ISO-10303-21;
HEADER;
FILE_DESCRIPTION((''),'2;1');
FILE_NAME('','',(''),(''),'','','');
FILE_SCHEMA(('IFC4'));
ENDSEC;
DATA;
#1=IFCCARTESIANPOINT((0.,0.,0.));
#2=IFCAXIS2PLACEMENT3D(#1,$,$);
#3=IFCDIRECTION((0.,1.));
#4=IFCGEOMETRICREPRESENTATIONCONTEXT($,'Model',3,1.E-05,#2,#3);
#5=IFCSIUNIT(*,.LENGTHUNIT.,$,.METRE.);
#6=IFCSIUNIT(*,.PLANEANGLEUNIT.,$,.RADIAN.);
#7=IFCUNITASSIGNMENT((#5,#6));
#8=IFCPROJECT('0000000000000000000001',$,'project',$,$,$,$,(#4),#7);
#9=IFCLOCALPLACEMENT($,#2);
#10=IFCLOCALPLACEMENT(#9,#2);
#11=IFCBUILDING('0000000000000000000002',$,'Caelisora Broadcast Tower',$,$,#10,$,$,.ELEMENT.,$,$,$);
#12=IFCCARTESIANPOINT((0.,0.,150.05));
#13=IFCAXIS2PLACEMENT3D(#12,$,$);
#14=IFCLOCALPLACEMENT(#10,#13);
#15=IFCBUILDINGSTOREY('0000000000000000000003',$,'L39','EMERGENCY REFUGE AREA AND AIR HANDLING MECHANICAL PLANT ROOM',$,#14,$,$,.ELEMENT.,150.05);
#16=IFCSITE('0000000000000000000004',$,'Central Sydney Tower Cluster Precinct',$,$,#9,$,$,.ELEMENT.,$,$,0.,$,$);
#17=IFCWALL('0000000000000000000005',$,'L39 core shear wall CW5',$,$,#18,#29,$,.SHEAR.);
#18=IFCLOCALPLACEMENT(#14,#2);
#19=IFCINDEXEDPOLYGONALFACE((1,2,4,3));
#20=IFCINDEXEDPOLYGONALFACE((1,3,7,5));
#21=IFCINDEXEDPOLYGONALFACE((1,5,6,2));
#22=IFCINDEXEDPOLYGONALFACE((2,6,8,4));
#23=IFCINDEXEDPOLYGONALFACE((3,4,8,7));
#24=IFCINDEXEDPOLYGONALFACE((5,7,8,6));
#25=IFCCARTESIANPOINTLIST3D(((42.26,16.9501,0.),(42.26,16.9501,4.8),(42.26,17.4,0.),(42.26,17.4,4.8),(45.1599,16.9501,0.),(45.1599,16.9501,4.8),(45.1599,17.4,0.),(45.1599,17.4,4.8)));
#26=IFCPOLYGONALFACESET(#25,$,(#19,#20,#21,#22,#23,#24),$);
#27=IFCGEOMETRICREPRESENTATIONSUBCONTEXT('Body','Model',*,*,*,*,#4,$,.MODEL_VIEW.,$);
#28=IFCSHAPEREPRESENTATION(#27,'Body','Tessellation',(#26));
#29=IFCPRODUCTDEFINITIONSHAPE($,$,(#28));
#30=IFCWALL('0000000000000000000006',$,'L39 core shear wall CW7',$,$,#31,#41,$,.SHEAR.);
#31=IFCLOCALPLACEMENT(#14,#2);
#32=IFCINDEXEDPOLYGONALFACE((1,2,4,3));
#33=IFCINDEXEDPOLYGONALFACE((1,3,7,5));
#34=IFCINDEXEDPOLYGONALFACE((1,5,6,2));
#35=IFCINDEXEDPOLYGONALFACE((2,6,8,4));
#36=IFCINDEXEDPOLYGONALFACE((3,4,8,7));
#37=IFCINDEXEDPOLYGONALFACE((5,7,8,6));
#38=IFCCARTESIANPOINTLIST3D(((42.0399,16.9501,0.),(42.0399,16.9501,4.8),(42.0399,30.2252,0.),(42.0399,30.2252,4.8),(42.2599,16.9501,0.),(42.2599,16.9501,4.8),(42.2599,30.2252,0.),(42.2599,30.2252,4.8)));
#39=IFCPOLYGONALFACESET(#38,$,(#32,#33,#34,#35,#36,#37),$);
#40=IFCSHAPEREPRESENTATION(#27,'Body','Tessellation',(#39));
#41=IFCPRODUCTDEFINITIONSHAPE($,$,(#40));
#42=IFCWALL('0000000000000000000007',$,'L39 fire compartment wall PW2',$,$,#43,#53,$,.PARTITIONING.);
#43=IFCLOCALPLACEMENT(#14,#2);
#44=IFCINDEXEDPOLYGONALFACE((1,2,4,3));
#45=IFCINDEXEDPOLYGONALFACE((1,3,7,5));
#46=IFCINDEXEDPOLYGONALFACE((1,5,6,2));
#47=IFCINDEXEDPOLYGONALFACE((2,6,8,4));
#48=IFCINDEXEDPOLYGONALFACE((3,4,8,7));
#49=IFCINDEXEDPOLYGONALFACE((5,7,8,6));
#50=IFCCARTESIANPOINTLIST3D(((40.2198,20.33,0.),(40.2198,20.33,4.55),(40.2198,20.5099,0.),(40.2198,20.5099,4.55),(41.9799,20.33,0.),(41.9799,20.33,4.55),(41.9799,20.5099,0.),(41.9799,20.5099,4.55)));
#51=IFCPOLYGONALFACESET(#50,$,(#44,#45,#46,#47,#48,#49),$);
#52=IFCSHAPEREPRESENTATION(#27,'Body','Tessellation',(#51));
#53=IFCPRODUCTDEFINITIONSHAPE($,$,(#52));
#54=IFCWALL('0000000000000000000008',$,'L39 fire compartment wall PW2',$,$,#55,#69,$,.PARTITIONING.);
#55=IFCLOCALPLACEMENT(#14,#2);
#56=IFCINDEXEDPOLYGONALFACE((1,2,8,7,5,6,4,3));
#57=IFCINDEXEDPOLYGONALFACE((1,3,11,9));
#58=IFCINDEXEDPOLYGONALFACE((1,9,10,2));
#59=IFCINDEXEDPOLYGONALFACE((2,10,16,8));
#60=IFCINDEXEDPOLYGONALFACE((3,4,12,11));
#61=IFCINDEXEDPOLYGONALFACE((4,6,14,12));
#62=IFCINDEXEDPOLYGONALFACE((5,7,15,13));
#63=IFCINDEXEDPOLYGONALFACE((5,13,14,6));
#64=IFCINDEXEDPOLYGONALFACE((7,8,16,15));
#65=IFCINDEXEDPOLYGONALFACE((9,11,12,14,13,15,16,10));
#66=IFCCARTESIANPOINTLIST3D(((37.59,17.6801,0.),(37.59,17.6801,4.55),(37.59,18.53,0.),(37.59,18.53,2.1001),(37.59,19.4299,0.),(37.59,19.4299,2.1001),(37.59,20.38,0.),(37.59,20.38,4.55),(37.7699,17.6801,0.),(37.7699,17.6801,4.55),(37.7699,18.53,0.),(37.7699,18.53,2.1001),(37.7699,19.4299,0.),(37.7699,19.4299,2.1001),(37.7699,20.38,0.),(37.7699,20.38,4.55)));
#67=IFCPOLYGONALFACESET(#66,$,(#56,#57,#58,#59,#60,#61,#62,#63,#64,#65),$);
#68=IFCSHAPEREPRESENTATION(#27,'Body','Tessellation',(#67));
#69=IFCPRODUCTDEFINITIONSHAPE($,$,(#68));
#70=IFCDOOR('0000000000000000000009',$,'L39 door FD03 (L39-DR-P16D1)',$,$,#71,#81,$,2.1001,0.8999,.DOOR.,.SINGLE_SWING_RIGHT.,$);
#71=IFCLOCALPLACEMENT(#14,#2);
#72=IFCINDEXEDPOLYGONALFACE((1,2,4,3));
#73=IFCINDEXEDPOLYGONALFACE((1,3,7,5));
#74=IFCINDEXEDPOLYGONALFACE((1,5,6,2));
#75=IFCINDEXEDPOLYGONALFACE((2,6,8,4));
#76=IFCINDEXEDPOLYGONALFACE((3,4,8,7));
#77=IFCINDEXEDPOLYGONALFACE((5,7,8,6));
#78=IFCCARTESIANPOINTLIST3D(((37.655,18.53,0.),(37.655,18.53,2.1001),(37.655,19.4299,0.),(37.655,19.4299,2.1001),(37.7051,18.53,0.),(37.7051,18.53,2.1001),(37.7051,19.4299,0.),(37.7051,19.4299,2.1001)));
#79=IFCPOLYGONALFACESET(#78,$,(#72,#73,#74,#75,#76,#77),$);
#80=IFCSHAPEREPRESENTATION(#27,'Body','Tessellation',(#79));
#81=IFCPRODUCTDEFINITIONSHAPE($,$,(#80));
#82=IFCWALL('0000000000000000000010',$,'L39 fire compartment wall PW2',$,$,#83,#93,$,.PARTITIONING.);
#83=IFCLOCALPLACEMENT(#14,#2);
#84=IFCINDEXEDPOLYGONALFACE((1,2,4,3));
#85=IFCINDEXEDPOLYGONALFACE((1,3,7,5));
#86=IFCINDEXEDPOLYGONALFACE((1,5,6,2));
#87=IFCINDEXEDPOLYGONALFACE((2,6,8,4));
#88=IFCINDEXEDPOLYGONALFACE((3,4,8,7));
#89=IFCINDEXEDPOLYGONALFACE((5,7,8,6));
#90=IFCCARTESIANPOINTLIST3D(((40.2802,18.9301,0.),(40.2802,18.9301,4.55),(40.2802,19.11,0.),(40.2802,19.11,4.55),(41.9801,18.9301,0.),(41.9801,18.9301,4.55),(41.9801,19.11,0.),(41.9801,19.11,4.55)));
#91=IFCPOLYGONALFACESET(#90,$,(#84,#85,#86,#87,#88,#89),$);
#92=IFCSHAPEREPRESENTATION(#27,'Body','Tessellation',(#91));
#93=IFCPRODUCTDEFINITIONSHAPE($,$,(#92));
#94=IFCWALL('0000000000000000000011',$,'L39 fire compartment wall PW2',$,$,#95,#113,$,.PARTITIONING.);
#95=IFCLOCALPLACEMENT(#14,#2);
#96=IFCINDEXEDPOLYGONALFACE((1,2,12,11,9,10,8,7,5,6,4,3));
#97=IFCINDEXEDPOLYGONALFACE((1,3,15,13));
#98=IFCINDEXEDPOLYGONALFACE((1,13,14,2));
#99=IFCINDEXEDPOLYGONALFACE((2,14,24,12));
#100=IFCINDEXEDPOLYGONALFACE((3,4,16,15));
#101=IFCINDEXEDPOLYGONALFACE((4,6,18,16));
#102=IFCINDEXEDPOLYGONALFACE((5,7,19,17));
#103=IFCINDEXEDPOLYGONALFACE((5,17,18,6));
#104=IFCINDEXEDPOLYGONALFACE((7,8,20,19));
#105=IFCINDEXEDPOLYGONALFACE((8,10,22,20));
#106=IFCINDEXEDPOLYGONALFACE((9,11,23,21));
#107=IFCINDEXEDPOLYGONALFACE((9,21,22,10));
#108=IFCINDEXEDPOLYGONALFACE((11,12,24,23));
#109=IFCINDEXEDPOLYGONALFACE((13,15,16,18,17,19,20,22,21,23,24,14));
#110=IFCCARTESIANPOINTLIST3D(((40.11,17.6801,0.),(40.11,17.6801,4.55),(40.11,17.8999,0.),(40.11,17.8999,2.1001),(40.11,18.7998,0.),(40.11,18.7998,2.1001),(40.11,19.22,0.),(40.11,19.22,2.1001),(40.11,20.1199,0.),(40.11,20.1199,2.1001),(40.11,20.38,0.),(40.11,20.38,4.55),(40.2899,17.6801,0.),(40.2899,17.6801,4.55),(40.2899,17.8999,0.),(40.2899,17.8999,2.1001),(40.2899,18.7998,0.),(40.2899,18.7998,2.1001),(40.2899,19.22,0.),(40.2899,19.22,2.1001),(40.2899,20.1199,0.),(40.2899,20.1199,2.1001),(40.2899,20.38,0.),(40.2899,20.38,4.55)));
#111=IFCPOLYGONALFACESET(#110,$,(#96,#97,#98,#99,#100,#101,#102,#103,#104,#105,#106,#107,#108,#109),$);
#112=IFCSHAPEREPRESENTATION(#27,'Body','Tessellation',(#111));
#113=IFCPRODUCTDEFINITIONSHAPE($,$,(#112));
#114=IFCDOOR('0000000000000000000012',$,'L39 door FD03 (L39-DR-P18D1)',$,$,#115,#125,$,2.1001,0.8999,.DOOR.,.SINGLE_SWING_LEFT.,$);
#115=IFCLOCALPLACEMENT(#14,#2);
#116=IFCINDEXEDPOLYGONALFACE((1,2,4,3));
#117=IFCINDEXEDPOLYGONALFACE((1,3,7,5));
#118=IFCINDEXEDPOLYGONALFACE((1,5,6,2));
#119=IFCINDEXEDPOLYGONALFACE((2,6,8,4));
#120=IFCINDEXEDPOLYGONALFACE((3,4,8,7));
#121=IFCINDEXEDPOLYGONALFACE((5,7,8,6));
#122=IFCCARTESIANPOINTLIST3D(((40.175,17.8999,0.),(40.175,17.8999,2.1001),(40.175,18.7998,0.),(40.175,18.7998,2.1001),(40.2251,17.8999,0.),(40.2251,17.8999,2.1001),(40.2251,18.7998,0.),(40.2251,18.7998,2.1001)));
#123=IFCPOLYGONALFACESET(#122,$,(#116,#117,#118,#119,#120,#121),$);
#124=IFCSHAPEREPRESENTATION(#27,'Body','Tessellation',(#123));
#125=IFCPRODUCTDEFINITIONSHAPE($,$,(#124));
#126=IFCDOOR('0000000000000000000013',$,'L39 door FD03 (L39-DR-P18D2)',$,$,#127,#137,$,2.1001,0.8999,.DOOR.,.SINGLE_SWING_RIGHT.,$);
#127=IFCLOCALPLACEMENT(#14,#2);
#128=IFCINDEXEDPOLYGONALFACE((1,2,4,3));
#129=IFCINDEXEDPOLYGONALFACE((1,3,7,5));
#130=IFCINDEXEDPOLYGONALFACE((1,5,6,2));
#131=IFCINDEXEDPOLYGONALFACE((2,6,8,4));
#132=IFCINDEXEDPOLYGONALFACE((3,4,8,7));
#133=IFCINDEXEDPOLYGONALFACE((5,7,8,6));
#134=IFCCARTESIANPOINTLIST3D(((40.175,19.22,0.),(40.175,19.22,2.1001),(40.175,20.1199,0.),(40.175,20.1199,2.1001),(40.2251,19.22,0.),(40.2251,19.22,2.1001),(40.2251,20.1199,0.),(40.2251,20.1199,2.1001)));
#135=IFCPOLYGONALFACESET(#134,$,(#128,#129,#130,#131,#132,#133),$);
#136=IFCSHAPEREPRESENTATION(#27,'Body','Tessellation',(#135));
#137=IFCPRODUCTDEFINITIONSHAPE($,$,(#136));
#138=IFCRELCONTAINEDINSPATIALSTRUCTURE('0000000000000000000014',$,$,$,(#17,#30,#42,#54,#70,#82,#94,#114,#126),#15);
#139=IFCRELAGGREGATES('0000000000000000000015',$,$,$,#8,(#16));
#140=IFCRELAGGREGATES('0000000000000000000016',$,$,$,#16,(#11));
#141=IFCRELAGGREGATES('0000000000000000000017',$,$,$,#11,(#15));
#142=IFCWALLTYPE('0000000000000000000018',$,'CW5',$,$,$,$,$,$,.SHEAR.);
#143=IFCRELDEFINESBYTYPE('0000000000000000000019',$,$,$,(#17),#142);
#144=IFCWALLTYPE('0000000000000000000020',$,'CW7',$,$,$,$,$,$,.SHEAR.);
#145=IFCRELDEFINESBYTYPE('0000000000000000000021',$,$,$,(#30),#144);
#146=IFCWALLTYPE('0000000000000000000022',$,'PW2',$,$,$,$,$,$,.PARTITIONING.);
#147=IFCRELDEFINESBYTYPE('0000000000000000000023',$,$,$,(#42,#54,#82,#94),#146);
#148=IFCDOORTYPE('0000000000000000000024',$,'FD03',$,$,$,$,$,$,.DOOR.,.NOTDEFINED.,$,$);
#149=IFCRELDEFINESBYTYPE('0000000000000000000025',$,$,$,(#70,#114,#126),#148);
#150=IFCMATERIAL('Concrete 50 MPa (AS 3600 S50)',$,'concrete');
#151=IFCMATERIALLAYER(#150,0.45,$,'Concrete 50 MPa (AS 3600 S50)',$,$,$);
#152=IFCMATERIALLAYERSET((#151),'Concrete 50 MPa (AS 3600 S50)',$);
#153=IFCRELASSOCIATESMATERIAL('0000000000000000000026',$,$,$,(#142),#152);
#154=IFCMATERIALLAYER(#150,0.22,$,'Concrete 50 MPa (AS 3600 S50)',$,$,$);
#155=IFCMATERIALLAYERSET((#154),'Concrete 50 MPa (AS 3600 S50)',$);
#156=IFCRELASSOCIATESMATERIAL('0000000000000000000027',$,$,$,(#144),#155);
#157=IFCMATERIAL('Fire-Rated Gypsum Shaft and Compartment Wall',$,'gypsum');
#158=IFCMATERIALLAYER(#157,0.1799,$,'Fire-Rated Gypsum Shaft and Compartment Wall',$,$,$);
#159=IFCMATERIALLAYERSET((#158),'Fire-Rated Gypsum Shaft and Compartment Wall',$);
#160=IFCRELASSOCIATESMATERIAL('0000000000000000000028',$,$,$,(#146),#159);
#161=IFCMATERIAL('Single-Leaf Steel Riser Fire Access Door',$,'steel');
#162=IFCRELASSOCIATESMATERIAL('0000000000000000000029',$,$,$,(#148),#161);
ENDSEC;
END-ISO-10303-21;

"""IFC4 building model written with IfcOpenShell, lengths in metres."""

from ifc_helpers import new_model, si_unit, direction, frame, frame_2d, origin, place, context, subcontext, project, spatial, rectangle, extrude, material, layer, layer_set, type_object, element, fill, save


model = new_model("IFC4")

# Units and contexts
model_context = context("Model", 3, precision=1e-05, world=origin(), true_north=direction((0.0, 1.0)))
body_context = subcontext(model_context, "Body", "Model", "MODEL_VIEW")
ifc_project = project(units=[si_unit("LENGTHUNIT", "METRE"), si_unit("PLANEANGLEUNIT", "RADIAN")], contexts=[model_context])

# Site, building, storey
site_placement = place(None, origin())
site = spatial("IfcSite", under=ifc_project, at=site_placement, Name="Central Sydney Tower Cluster Precinct", CompositionType="ELEMENT", RefElevation=0.0)
building_placement = place(site_placement, origin())
building = spatial("IfcBuilding", under=site, at=building_placement, Name="Caelisora Broadcast Tower", CompositionType="ELEMENT")
storey_placement = place(building_placement, frame((0.0, 0.0, 150.05)))
storey = spatial("IfcBuildingStorey", under=building, at=storey_placement, Name="L39", Description="EMERGENCY REFUGE AREA AND AIR HANDLING MECHANICAL PLANT ROOM", CompositionType="ELEMENT", Elevation=150.05)

# Shared definitions
ifc_material_1 = material(Name="Concrete 50 MPa (AS 3600 S50)", Category="concrete")

# Walls
ifc_layer_1 = layer(ifc_material_1, 0.45, Name="Concrete 50 MPa (AS 3600 S50)")
ifc_layer_set_1 = layer_set([ifc_layer_1], Name="Concrete 50 MPa (AS 3600 S50)")
wall_type_1 = type_object("IfcWallType", Name="CW5", PredefinedType="SHEAR", material=ifc_layer_set_1)
wall_1_placement = place(storey_placement, frame((42.26, 17.175, 0.0), z_axis=(0.0, 0.0, 1.0), x_axis=(1.0, 0.0, 0.0)))
element("IfcWall", 1, at=wall_1_placement, inside=storey, type_object=wall_type_1, Name="L39 core shear wall CW5", PredefinedType="SHEAR", context=body_context, shape_type="SweptSolid", body=[
    extrude(rectangle(XDim=2.8999, YDim=0.45, at=frame_2d((1.45, 0.0))), origin(), (0.0, 0.0, 1.0), 4.8),
])
ifc_layer_2 = layer(ifc_material_1, 0.22, Name="Concrete 50 MPa (AS 3600 S50)")
ifc_layer_set_2 = layer_set([ifc_layer_2], Name="Concrete 50 MPa (AS 3600 S50)")
wall_type_2 = type_object("IfcWallType", Name="CW7", PredefinedType="SHEAR", material=ifc_layer_set_2)
wall_2_placement = place(storey_placement, frame((42.1499, 16.95, 0.0), z_axis=(0.0, 0.0, 1.0), x_axis=(0.0, 1.0, 0.0)))
element("IfcWall", 2, at=wall_2_placement, inside=storey, type_object=wall_type_2, Name="L39 core shear wall CW7", PredefinedType="SHEAR", context=body_context, shape_type="SweptSolid", body=[
    extrude(rectangle(XDim=13.2751, YDim=0.22, at=frame_2d((6.6377, 0.0))), origin(), (0.0, 0.0, 1.0), 4.8),
])
ifc_material_2 = material(Name="Fire-Rated Gypsum Shaft and Compartment Wall", Category="gypsum")
ifc_layer_3 = layer(ifc_material_2, 0.1799, Name="Fire-Rated Gypsum Shaft and Compartment Wall")
ifc_layer_set_3 = layer_set([ifc_layer_3], Name="Fire-Rated Gypsum Shaft and Compartment Wall")
wall_type_3 = type_object("IfcWallType", Name="PW2", PredefinedType="PARTITIONING", material=ifc_layer_set_3)
wall_3_placement = place(storey_placement, frame((40.22, 20.4199, 0.0), z_axis=(0.0, 0.0, 1.0), x_axis=(1.0, 0.0, 0.0)))
element("IfcWall", 3, at=wall_3_placement, inside=storey, type_object=wall_type_3, Name="L39 fire compartment wall PW2", PredefinedType="PARTITIONING", context=body_context, shape_type="SweptSolid", body=[
    extrude(rectangle(XDim=1.76, YDim=0.1799, at=frame_2d((0.8799, 0.0))), origin(), (0.0, 0.0, 1.0), 4.55),
])

# Wall, opening, door
wall_4_placement = place(storey_placement, frame((37.6799, 17.6799, 0.0), z_axis=(0.0, 0.0, 1.0), x_axis=(0.0, 1.0, 0.0)))
wall_4 = element("IfcWall", 4, at=wall_4_placement, inside=storey, type_object=wall_type_3, Name="L39 fire compartment wall PW2", PredefinedType="PARTITIONING", context=body_context, shape_type="SweptSolid", body=[
    extrude(rectangle(XDim=2.7, YDim=0.1799, at=frame_2d((1.3501, 0.0))), origin(), (0.0, 0.0, 1.0), 4.55),
])
opening_1_placement = place(wall_4_placement, frame((0.8501, 0.0, 0.0)))
opening_1 = element("IfcOpeningElement", 5, at=opening_1_placement, cuts=wall_4, PredefinedType="OPENING", context=body_context, shape_type="SweptSolid", body=[
    extrude(rectangle(XDim=0.8999, YDim=2.1001, at=frame_2d((0.45, 1.05))), frame((0.0, 0.1021, 0.0), z_axis=(0.0, -1.0, 0.0), x_axis=(1.0, 0.0, 0.0)), (0.0, 0.0, 1.0), 0.2039),
])
ifc_material_3 = material(Name="Single-Leaf Steel Riser Fire Access Door", Category="steel")
door_type_1 = type_object("IfcDoorType", Name="FD03", OperationType="NOTDEFINED", PredefinedType="DOOR", material=ifc_material_3)
door_1_placement = place(opening_1_placement, origin())
door_1 = element("IfcDoor", 6, at=door_1_placement, inside=storey, type_object=door_type_1, Name="L39 door FD03 (L39-DR-P16D1)", OperationType="SINGLE_SWING_RIGHT", OverallHeight=2.1001, OverallWidth=0.8999, PredefinedType="DOOR", context=body_context, shape_type="SweptSolid", body=[
    extrude(rectangle(XDim=0.8999, YDim=2.1001, at=frame_2d((0.45, 1.05))), frame((0.0, 0.0249, 0.0), z_axis=(0.0, -1.0, 0.0), x_axis=(1.0, 0.0, 0.0)), (0.0, 0.0, 1.0), 0.05),
])
fill(opening_1, door_1)

# Wall
wall_5_placement = place(storey_placement, frame((40.28, 19.02, 0.0), z_axis=(0.0, 0.0, 1.0), x_axis=(1.0, 0.0, 0.0)))
element("IfcWall", 7, at=wall_5_placement, inside=storey, type_object=wall_type_3, Name="L39 fire compartment wall PW2", PredefinedType="PARTITIONING", context=body_context, shape_type="SweptSolid", body=[
    extrude(rectangle(XDim=1.7, YDim=0.1799, at=frame_2d((0.8501, 0.0))), origin(), (0.0, 0.0, 1.0), 4.55),
])

# Wall, openings, doors
wall_6_placement = place(storey_placement, frame((40.2, 17.6799, 0.0), z_axis=(0.0, 0.0, 1.0), x_axis=(0.0, 1.0, 0.0)))
wall_6 = element("IfcWall", 8, at=wall_6_placement, inside=storey, type_object=wall_type_3, Name="L39 fire compartment wall PW2", PredefinedType="PARTITIONING", context=body_context, shape_type="SweptSolid", body=[
    extrude(rectangle(XDim=2.7, YDim=0.1799, at=frame_2d((1.3501, 0.0))), origin(), (0.0, 0.0, 1.0), 4.55),
])
opening_2_placement = place(wall_6_placement, frame((0.22, 0.0, 0.0)))
opening_2 = element("IfcOpeningElement", 9, at=opening_2_placement, cuts=wall_6, PredefinedType="OPENING", context=body_context, shape_type="SweptSolid", body=[
    extrude(rectangle(XDim=0.8999, YDim=2.1001, at=frame_2d((0.45, 1.05))), frame((0.0, 0.1021, 0.0), z_axis=(0.0, -1.0, 0.0), x_axis=(1.0, 0.0, 0.0)), (0.0, 0.0, 1.0), 0.2039),
])
opening_3_placement = place(wall_6_placement, frame((1.54, 0.0, 0.0)))
opening_3 = element("IfcOpeningElement", 10, at=opening_3_placement, cuts=wall_6, PredefinedType="OPENING", context=body_context, shape_type="SweptSolid", body=[
    extrude(rectangle(XDim=0.8999, YDim=2.1001, at=frame_2d((0.45, 1.05))), frame((0.0, 0.1021, 0.0), z_axis=(0.0, -1.0, 0.0), x_axis=(1.0, 0.0, 0.0)), (0.0, 0.0, 1.0), 0.2039),
])
door_2_placement = place(opening_2_placement, origin())
door_2 = element("IfcDoor", 11, at=door_2_placement, inside=storey, type_object=door_type_1, Name="L39 door FD03 (L39-DR-P18D1)", OperationType="SINGLE_SWING_LEFT", OverallHeight=2.1001, OverallWidth=0.8999, PredefinedType="DOOR", context=body_context, shape_type="SweptSolid", body=[
    extrude(rectangle(XDim=0.8999, YDim=2.1001, at=frame_2d((0.45, 1.05))), frame((0.0, 0.0249, 0.0), z_axis=(0.0, -1.0, 0.0), x_axis=(1.0, 0.0, 0.0)), (0.0, 0.0, 1.0), 0.05),
])
fill(opening_2, door_2)
door_3_placement = place(opening_3_placement, origin())
door_3 = element("IfcDoor", 12, at=door_3_placement, inside=storey, type_object=door_type_1, Name="L39 door FD03 (L39-DR-P18D2)", OperationType="SINGLE_SWING_RIGHT", OverallHeight=2.1001, OverallWidth=0.8999, PredefinedType="DOOR", context=body_context, shape_type="SweptSolid", body=[
    extrude(rectangle(XDim=0.8999, YDim=2.1001, at=frame_2d((0.45, 1.05))), frame((0.0, 0.0249, 0.0), z_axis=(0.0, -1.0, 0.0), x_axis=(1.0, 0.0, 0.0)), (0.0, 0.0, 1.0), 0.05),
])
fill(opening_3, door_3)

save(model, "model.ifc")
